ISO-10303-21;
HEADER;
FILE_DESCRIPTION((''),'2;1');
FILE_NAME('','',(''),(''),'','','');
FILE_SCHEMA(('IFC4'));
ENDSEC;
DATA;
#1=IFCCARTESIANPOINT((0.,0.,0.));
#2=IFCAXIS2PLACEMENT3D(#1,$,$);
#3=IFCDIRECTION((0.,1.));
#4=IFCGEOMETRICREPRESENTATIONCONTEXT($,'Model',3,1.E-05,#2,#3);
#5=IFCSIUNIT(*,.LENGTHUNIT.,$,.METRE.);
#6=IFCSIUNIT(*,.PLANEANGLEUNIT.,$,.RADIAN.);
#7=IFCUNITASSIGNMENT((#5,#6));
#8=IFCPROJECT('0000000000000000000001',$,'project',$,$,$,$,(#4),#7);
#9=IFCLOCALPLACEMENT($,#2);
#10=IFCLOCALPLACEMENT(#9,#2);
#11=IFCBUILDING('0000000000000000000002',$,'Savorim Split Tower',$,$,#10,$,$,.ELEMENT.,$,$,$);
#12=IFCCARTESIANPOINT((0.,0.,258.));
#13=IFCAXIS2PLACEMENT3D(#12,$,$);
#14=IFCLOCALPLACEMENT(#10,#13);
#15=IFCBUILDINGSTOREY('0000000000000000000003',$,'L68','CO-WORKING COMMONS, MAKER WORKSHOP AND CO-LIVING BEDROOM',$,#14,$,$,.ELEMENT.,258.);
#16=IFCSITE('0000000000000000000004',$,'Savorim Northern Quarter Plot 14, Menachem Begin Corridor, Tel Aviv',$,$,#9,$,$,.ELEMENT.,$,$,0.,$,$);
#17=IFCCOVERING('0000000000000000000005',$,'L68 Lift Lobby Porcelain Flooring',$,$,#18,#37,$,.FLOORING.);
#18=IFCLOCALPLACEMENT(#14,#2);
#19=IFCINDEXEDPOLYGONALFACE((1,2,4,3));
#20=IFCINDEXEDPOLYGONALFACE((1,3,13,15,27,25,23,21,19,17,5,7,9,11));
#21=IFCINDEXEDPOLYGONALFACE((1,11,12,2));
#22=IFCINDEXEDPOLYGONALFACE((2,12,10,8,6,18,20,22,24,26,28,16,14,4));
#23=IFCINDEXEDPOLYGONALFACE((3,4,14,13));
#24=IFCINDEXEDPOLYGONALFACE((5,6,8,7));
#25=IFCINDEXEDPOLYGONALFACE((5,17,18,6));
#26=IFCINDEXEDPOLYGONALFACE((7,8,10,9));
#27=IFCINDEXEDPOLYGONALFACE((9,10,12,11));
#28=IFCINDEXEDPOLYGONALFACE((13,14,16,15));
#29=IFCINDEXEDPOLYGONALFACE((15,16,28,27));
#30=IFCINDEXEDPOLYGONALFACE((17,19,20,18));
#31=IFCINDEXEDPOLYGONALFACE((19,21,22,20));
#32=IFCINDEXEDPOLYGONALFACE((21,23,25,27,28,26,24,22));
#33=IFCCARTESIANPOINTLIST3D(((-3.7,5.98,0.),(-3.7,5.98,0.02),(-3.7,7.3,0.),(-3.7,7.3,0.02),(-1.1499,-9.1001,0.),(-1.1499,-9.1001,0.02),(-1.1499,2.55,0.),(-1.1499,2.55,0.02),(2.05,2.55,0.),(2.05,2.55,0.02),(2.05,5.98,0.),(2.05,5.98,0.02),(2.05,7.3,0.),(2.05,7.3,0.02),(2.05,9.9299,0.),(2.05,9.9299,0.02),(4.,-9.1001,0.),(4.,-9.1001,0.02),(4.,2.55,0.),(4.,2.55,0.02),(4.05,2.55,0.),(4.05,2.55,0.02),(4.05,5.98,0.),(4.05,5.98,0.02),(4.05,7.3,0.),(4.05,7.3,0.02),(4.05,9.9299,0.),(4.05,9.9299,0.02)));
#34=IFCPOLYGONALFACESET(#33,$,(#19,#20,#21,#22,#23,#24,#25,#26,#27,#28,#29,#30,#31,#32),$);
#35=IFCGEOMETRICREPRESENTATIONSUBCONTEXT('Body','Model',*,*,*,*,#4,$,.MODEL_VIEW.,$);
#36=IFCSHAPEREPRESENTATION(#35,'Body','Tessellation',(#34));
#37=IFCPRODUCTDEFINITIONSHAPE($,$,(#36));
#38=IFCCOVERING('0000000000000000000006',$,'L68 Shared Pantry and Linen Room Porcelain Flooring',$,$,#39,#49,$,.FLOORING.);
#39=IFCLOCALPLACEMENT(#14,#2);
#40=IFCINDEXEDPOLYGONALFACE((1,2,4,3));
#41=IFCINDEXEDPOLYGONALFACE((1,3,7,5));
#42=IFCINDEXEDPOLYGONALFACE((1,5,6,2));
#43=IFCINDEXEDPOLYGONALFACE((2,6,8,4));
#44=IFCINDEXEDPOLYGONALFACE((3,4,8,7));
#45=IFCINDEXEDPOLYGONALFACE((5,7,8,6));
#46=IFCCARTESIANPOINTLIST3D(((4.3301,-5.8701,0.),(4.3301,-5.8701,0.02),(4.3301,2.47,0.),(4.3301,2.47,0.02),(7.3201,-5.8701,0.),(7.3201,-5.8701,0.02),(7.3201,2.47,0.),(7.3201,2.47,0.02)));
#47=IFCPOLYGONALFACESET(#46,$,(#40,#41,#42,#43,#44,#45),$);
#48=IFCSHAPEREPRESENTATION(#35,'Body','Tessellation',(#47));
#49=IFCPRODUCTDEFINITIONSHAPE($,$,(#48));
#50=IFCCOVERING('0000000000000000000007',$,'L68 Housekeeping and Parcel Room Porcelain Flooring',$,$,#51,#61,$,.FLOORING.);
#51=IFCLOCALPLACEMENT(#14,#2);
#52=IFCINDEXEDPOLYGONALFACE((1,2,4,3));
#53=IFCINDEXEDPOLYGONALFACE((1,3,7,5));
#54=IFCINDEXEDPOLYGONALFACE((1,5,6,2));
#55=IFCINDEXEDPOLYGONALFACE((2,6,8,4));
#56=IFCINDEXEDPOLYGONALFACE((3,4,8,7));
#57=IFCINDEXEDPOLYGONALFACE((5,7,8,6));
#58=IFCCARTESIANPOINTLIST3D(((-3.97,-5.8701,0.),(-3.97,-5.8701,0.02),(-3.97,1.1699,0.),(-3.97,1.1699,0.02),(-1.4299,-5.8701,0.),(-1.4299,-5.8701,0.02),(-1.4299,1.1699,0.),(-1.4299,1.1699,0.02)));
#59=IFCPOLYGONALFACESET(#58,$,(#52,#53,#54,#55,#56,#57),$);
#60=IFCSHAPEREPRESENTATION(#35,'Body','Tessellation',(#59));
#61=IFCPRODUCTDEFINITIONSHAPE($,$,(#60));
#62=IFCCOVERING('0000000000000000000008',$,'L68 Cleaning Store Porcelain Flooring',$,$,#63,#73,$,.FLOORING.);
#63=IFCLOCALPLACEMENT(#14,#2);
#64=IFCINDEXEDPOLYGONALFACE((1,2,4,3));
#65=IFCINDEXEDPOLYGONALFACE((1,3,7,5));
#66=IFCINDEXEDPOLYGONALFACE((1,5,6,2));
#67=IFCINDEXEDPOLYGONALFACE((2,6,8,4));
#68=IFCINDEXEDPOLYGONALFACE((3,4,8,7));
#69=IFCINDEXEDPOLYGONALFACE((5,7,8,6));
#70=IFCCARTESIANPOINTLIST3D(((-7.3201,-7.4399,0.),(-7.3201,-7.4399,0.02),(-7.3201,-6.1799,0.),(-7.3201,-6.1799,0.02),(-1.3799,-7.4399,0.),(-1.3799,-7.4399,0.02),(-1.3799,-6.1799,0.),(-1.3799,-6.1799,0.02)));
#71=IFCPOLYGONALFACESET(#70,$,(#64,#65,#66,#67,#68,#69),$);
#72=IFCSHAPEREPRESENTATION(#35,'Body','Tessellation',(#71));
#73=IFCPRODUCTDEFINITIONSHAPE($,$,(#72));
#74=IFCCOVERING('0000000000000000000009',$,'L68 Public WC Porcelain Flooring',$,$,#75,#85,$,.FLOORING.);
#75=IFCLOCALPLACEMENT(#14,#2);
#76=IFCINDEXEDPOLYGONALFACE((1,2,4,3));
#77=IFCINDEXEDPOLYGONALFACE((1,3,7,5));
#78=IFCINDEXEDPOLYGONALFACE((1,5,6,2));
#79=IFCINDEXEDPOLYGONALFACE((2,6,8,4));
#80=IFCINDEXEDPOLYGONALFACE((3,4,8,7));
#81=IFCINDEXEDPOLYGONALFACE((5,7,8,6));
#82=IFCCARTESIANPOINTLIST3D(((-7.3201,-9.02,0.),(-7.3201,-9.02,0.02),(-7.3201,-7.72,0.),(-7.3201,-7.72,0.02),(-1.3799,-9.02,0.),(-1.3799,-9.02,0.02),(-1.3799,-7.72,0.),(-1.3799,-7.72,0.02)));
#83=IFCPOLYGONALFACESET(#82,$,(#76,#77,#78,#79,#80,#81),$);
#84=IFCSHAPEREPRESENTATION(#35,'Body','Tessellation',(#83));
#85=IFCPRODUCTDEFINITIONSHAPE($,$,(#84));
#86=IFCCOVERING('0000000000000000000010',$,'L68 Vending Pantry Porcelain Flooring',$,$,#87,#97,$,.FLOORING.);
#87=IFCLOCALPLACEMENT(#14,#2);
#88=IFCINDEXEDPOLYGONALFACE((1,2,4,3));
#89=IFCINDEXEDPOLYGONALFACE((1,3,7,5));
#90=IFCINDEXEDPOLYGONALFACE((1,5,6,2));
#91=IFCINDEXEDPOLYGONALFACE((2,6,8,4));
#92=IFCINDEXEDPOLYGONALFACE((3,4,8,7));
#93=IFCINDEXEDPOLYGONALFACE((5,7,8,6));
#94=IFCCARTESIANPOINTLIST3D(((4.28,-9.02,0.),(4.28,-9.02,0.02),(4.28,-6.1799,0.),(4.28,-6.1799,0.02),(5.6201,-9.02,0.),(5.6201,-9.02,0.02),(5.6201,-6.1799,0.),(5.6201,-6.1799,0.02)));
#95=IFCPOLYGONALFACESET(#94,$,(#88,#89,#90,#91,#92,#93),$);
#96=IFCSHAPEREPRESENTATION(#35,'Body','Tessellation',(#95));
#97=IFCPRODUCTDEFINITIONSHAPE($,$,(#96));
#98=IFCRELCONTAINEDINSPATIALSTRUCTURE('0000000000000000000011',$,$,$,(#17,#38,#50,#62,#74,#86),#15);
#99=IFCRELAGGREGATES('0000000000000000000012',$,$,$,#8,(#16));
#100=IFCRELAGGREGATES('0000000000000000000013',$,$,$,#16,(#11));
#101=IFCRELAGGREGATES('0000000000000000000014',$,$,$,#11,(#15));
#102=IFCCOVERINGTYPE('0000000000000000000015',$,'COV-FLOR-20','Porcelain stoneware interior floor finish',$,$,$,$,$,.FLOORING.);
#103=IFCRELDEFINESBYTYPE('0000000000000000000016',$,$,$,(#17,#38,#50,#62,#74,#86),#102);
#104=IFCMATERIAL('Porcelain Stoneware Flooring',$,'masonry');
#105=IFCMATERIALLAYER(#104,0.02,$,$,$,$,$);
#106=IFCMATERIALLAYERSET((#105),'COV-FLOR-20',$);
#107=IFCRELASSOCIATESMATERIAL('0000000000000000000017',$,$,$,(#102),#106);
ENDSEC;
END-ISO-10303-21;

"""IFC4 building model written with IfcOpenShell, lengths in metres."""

from ifc_helpers import new_model, si_unit, direction, frame, origin, place, context, subcontext, project, spatial, polyline, outline, extrude, material, layer, layer_set, type_object, element, save


model = new_model("IFC4")

# Units and contexts
model_context = context("Model", 3, precision=1e-05, world=origin(), true_north=direction((0.0, 1.0)))
body_context = subcontext(model_context, "Body", "Model", "MODEL_VIEW")
ifc_project = project(units=[si_unit("LENGTHUNIT", "METRE"), si_unit("PLANEANGLEUNIT", "RADIAN")], contexts=[model_context])

# Site, building, storey
site_placement = place(None, origin())
site = spatial("IfcSite", under=ifc_project, at=site_placement, Name="Savorim Northern Quarter Plot 14, Menachem Begin Corridor, Tel Aviv", CompositionType="ELEMENT", RefElevation=0.0)
building_placement = place(site_placement, origin())
building = spatial("IfcBuilding", under=site, at=building_placement, Name="Savorim Split Tower", CompositionType="ELEMENT")
storey_placement = place(building_placement, frame((0.0, 0.0, 258.0)))
storey = spatial("IfcBuildingStorey", under=building, at=storey_placement, Name="L68", Description="CO-WORKING COMMONS, MAKER WORKSHOP AND CO-LIVING BEDROOM", CompositionType="ELEMENT", Elevation=258.0)

# Coverings
ifc_material_1 = material(Name="Porcelain Stoneware Flooring", Category="masonry")
ifc_layer_1 = layer(ifc_material_1, 0.02)
ifc_layer_set_1 = layer_set([ifc_layer_1], Name="COV-FLOR-20")
covering_type_1 = type_object("IfcCoveringType", Name="COV-FLOR-20", Description="Porcelain stoneware interior floor finish", PredefinedType="FLOORING", material=ifc_layer_set_1)
covering_1_placement = place(storey_placement, origin())
element("IfcCovering", 1, at=covering_1_placement, inside=storey, type_object=covering_type_1, Name="L68 Lift Lobby Porcelain Flooring", PredefinedType="FLOORING", context=body_context, shape_type="SweptSolid", body=[
    extrude(outline(polyline([(2.05, 2.55), (-1.1499, 2.55), (-1.1499, -9.1001), (4.0, -9.1001), (4.0, 2.55), (4.05, 2.55), (4.05, 5.98), (4.05, 7.3), (4.05, 9.9299), (2.05, 9.9299), (2.05, 7.3), (-3.7, 7.3), (-3.7, 5.98), (2.05, 5.98), (2.05, 2.55)])), origin(), (0.0, 0.0, 1.0), 0.02),
])
covering_2_placement = place(storey_placement, origin())
element("IfcCovering", 2, at=covering_2_placement, inside=storey, type_object=covering_type_1, Name="L68 Shared Pantry and Linen Room Porcelain Flooring", PredefinedType="FLOORING", context=body_context, shape_type="SweptSolid", body=[
    extrude(outline(polyline([(4.3301, 2.47), (4.3301, -5.8701), (7.3201, -5.8701), (7.3201, 2.47), (4.3301, 2.47)])), origin(), (0.0, 0.0, 1.0), 0.02),
])
covering_3_placement = place(storey_placement, origin())
element("IfcCovering", 3, at=covering_3_placement, inside=storey, type_object=covering_type_1, Name="L68 Housekeeping and Parcel Room Porcelain Flooring", PredefinedType="FLOORING", context=body_context, shape_type="SweptSolid", body=[
    extrude(outline(polyline([(-3.97, 1.1699), (-3.97, -5.8701), (-1.4299, -5.8701), (-1.4299, 1.1699), (-3.97, 1.1699)])), origin(), (0.0, 0.0, 1.0), 0.02),
])
covering_4_placement = place(storey_placement, origin())
element("IfcCovering", 4, at=covering_4_placement, inside=storey, type_object=covering_type_1, Name="L68 Cleaning Store Porcelain Flooring", PredefinedType="FLOORING", context=body_context, shape_type="SweptSolid", body=[
    extrude(outline(polyline([(-7.3201, -6.1799), (-7.3201, -7.4399), (-1.3799, -7.4399), (-1.3799, -6.1799), (-7.3201, -6.1799)])), origin(), (0.0, 0.0, 1.0), 0.02),
])
covering_5_placement = place(storey_placement, origin())
element("IfcCovering", 5, at=covering_5_placement, inside=storey, type_object=covering_type_1, Name="L68 Public WC Porcelain Flooring", PredefinedType="FLOORING", context=body_context, shape_type="SweptSolid", body=[
    extrude(outline(polyline([(-7.3201, -7.72), (-7.3201, -9.02), (-1.3799, -9.02), (-1.3799, -7.72), (-7.3201, -7.72)])), origin(), (0.0, 0.0, 1.0), 0.02),
])
covering_6_placement = place(storey_placement, origin())
element("IfcCovering", 6, at=covering_6_placement, inside=storey, type_object=covering_type_1, Name="L68 Vending Pantry Porcelain Flooring", PredefinedType="FLOORING", context=body_context, shape_type="SweptSolid", body=[
    extrude(outline(polyline([(4.28, -6.1799), (4.28, -9.02), (5.6201, -9.02), (5.6201, -6.1799), (4.28, -6.1799)])), origin(), (0.0, 0.0, 1.0), 0.02),
])

save(model, "model.ifc")
